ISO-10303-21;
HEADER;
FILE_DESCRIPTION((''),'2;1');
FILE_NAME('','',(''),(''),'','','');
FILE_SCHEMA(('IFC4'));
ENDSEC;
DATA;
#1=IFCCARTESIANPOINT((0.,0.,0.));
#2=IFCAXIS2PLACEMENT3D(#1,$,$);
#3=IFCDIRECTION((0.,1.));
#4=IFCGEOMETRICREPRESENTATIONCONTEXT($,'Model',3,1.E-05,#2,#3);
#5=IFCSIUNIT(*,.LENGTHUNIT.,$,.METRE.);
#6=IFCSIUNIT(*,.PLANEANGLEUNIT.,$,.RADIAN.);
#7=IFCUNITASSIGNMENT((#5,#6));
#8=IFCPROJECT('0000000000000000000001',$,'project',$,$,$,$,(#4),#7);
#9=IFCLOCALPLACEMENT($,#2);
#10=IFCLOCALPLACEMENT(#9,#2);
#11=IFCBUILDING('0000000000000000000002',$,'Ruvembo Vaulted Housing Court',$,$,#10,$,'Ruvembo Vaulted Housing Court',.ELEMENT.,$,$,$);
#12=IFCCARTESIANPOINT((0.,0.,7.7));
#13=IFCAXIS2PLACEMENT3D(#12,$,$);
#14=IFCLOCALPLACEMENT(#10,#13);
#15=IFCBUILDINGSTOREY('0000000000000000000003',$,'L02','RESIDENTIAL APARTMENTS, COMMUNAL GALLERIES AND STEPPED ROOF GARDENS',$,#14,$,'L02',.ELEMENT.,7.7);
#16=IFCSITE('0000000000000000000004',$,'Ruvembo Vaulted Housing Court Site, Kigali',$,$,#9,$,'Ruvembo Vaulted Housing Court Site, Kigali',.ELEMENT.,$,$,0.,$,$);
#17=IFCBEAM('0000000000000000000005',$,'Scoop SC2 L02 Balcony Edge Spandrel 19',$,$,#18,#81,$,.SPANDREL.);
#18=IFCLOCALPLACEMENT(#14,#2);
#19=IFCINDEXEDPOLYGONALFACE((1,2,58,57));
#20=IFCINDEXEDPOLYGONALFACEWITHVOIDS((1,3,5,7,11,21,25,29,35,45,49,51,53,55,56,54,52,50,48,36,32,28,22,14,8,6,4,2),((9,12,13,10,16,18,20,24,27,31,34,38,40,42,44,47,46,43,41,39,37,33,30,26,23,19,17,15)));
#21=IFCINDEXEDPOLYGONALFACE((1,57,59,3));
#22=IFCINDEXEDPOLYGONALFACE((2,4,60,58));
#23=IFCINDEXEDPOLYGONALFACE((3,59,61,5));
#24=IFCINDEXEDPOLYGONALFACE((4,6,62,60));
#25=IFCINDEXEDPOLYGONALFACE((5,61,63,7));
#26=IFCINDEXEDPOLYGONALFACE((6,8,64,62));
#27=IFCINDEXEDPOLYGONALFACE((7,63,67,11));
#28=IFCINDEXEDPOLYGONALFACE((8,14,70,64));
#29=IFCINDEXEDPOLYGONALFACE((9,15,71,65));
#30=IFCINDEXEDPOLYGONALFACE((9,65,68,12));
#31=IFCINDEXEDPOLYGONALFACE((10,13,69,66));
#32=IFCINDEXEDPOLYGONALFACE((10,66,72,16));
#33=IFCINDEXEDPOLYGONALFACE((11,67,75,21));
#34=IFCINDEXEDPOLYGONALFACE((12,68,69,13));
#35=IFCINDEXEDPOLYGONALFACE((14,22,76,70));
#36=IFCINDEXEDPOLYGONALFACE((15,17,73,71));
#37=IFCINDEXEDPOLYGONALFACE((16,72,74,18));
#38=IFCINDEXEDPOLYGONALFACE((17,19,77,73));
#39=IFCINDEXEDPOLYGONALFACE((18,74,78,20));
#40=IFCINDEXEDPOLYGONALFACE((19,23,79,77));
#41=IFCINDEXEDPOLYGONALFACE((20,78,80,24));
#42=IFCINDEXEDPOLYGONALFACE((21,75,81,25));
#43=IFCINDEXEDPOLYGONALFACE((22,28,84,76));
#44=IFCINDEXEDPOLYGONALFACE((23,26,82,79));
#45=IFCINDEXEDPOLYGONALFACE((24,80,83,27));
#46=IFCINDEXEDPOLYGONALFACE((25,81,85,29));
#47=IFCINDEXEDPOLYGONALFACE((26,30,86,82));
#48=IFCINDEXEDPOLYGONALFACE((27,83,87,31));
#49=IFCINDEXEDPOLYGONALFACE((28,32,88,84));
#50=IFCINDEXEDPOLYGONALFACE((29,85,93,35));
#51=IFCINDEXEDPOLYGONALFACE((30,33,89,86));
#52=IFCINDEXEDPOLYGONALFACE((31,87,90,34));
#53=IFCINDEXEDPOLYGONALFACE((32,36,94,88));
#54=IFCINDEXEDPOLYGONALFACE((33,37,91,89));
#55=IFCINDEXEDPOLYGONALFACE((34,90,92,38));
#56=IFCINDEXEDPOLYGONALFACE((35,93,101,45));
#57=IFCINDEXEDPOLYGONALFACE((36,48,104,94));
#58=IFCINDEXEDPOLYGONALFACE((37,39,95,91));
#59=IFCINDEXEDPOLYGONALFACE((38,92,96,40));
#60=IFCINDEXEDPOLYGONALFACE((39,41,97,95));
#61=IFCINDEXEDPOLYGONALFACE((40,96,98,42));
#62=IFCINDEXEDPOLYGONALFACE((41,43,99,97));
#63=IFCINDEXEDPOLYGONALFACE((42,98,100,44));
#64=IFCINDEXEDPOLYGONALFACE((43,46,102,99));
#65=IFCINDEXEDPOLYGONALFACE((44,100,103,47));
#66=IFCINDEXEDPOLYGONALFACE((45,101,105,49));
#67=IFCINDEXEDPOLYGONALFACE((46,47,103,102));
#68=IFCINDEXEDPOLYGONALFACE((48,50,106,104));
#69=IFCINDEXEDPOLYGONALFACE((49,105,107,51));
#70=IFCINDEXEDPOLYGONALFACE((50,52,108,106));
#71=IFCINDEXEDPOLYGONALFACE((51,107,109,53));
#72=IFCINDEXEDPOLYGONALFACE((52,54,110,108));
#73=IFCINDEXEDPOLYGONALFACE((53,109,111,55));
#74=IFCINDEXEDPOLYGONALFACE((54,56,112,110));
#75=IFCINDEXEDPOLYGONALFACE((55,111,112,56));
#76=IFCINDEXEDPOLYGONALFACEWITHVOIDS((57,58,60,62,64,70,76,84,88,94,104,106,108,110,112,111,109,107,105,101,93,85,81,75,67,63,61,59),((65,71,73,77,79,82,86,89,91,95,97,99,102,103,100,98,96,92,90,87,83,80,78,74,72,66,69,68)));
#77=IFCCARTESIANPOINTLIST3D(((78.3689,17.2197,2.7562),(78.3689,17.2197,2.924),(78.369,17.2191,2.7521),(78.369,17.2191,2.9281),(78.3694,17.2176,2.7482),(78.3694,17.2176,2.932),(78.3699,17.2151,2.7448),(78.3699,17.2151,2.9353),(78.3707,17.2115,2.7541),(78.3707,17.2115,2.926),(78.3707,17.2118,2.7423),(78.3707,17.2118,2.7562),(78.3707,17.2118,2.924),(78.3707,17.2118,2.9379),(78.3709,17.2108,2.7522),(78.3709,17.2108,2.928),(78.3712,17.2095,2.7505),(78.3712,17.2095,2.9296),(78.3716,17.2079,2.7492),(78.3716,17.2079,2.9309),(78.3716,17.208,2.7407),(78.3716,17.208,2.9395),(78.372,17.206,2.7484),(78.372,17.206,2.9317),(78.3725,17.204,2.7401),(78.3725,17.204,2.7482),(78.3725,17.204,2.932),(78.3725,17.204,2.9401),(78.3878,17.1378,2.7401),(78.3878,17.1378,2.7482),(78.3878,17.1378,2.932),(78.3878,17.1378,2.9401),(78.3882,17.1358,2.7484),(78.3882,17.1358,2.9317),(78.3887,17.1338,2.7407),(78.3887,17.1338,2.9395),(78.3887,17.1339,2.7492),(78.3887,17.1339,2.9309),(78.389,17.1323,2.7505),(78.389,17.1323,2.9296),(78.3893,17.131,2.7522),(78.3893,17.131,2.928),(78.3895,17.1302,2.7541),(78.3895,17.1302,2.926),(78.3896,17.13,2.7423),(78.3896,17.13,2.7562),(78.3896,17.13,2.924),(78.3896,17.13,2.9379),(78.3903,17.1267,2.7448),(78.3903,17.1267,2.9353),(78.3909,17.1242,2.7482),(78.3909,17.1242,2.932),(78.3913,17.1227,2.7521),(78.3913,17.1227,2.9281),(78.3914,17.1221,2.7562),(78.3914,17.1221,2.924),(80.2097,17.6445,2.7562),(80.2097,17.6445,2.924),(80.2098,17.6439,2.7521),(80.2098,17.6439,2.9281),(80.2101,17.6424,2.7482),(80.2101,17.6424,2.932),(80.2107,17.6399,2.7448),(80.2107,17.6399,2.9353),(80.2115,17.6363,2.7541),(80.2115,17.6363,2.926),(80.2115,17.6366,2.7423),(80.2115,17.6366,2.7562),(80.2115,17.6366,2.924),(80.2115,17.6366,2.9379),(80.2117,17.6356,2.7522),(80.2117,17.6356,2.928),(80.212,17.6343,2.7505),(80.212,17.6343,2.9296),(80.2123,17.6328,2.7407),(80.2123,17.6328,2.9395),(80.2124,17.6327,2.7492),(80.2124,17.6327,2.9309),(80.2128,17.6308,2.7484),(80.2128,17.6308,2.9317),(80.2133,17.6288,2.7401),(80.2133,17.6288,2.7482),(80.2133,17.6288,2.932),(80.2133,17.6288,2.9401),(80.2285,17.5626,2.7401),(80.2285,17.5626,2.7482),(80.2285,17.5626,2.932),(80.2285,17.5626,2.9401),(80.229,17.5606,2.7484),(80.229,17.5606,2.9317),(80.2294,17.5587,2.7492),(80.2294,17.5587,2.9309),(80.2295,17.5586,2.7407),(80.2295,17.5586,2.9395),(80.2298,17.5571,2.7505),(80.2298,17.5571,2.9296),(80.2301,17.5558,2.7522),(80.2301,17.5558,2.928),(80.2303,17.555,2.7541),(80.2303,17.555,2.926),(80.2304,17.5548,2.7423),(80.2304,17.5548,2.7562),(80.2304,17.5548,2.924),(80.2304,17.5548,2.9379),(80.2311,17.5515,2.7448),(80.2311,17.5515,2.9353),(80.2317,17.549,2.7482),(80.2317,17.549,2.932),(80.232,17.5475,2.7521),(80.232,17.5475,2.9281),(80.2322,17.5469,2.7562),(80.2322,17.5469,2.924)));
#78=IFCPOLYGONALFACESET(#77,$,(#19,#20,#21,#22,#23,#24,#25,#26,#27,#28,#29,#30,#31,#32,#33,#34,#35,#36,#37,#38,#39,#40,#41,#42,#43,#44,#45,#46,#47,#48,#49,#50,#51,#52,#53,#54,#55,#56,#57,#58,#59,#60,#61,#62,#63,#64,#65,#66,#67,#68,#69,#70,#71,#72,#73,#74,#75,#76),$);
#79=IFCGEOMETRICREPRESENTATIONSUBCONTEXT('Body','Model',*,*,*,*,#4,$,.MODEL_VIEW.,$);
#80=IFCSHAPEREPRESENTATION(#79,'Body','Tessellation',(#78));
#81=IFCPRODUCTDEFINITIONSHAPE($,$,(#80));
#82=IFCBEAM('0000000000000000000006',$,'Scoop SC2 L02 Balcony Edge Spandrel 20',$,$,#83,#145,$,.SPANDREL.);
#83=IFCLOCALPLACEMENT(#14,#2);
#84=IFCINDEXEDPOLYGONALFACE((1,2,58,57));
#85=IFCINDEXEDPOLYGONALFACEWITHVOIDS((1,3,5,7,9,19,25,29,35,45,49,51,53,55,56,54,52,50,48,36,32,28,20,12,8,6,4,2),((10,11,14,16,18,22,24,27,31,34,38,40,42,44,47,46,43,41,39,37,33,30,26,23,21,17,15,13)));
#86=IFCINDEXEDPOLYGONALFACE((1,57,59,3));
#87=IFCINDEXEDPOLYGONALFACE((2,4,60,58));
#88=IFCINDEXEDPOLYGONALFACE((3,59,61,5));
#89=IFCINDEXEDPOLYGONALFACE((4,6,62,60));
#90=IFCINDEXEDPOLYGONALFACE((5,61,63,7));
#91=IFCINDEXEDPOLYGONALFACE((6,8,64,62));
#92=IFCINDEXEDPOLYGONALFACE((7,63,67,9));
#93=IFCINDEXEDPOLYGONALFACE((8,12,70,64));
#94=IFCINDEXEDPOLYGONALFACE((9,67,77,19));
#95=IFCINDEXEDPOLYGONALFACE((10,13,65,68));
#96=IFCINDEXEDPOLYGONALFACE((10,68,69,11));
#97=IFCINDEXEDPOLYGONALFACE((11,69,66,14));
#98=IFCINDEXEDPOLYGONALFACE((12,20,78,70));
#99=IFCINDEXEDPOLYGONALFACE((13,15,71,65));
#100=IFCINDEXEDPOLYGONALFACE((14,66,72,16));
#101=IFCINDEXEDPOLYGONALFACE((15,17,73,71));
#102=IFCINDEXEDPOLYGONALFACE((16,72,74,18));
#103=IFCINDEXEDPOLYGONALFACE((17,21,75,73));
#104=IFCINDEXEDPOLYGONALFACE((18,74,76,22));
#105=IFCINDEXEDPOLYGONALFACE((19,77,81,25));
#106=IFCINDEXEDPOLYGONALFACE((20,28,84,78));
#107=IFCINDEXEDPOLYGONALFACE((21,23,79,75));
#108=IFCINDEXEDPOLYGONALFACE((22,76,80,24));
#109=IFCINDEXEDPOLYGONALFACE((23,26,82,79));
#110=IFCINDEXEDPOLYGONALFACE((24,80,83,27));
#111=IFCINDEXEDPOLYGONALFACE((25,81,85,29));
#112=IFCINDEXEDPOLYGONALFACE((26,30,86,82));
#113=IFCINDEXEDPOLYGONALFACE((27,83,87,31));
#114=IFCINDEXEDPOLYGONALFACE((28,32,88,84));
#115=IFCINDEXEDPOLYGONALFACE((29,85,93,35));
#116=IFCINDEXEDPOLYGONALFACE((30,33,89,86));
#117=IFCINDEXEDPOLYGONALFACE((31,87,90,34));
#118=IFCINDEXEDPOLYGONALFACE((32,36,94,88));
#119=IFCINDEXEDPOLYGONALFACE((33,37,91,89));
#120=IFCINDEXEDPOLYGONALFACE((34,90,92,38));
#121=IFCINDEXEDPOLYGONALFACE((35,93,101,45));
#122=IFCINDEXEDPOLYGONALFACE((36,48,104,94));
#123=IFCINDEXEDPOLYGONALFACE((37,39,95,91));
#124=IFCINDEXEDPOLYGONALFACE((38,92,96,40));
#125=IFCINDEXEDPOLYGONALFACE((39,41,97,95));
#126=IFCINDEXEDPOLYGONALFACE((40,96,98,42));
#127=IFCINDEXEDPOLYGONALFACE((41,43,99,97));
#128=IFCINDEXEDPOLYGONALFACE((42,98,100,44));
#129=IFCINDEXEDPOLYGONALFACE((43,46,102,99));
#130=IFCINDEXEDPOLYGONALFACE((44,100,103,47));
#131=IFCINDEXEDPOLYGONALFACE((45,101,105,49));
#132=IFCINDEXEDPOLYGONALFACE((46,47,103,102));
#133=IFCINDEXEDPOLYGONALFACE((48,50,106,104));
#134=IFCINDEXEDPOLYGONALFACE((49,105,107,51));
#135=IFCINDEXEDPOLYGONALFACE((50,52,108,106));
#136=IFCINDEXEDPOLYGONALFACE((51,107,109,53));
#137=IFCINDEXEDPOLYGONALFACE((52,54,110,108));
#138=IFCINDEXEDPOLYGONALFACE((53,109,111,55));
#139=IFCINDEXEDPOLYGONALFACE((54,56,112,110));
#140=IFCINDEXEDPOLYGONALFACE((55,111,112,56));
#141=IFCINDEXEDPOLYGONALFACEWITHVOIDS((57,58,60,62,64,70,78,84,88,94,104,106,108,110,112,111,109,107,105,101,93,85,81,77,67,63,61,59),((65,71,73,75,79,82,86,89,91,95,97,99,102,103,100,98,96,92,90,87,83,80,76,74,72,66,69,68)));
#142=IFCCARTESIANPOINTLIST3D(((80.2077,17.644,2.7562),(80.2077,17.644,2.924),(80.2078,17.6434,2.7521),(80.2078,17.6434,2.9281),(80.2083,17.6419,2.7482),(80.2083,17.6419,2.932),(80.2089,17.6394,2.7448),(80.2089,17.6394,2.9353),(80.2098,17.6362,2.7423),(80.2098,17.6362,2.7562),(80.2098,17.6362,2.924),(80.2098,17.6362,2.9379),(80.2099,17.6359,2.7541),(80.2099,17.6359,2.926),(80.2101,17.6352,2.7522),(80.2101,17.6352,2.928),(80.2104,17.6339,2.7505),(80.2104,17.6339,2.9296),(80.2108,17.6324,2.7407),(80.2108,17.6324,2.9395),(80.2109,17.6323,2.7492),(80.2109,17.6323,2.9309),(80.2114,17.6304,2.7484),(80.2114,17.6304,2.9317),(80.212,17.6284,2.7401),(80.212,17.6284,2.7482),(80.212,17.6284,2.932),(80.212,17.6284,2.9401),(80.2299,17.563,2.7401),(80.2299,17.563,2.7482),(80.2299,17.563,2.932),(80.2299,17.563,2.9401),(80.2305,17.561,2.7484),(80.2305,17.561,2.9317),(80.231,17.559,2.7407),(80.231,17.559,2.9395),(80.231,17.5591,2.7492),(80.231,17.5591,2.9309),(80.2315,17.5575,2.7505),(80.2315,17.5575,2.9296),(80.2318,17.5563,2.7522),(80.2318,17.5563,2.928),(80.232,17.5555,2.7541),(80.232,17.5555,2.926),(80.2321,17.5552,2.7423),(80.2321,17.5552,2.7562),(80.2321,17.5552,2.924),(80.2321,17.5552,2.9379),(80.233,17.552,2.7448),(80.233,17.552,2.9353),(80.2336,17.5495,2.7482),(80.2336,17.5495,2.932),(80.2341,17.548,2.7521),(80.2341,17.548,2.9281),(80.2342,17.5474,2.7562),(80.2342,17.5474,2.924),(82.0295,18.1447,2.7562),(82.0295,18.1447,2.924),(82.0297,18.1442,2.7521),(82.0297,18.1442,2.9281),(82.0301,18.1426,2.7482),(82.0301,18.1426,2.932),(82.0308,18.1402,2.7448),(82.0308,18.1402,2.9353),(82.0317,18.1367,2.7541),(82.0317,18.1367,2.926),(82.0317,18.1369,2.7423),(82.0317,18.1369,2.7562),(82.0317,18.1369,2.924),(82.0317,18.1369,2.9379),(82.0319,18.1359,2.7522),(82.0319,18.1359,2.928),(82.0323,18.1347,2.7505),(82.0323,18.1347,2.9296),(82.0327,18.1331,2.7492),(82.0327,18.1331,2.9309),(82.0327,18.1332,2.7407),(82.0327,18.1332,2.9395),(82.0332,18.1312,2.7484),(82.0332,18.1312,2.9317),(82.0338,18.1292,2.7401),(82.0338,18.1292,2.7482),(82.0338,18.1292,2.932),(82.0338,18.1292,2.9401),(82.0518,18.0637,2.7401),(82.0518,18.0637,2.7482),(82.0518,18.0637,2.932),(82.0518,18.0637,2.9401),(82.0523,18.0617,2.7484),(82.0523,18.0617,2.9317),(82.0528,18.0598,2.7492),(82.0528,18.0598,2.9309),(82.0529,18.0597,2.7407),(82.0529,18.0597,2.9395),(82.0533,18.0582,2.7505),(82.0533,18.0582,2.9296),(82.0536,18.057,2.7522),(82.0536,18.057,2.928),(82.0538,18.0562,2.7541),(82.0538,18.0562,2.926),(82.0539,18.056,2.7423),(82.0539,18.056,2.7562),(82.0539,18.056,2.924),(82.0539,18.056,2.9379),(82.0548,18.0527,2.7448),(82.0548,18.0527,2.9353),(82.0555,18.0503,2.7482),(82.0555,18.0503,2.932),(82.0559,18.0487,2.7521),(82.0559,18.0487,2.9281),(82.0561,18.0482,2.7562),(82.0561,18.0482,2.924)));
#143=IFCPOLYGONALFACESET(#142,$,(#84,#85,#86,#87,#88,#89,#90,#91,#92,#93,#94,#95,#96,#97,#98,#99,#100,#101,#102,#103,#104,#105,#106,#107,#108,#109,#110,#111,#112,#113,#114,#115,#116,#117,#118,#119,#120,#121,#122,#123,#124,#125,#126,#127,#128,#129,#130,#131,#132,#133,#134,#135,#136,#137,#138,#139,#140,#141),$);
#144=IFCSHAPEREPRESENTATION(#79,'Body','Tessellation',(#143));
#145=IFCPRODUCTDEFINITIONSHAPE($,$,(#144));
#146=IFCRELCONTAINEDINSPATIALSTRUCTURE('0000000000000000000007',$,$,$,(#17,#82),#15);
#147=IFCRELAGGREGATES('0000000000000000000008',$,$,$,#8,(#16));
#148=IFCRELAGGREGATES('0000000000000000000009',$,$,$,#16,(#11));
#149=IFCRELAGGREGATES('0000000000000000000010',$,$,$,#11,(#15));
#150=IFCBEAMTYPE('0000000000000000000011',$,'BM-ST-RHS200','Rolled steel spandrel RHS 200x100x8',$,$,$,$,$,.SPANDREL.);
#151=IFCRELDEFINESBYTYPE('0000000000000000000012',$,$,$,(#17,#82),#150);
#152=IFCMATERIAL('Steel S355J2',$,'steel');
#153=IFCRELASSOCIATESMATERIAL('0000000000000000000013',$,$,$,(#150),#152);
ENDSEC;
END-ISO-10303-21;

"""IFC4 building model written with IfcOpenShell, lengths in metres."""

from ifc_helpers import new_model, si_unit, direction, frame, origin, origin_2d, place, context, subcontext, project, spatial, hollow_rectangle, extrude, material, material_profile, profile_set, type_object, element, save


model = new_model("IFC4")

# Units and contexts
model_context = context("Model", 3, precision=1e-05, world=origin(), true_north=direction((0.0, 1.0)))
body_context = subcontext(model_context, "Body", "Model", "MODEL_VIEW")
ifc_project = project(units=[si_unit("LENGTHUNIT", "METRE"), si_unit("PLANEANGLEUNIT", "RADIAN")], contexts=[model_context])

# Site, building, storey
site_placement = place(None, origin())
site = spatial("IfcSite", under=ifc_project, at=site_placement, Name="Ruvembo Vaulted Housing Court Site, Kigali", LongName="Ruvembo Vaulted Housing Court Site, Kigali", CompositionType="ELEMENT", RefElevation=0.0)
building_placement = place(site_placement, origin())
building = spatial("IfcBuilding", under=site, at=building_placement, Name="Ruvembo Vaulted Housing Court", LongName="Ruvembo Vaulted Housing Court", CompositionType="ELEMENT")
storey_placement = place(building_placement, frame((0.0, 0.0, 7.7)))
storey = spatial("IfcBuildingStorey", under=building, at=storey_placement, Name="L02", Description="RESIDENTIAL APARTMENTS, COMMUNAL GALLERIES AND STEPPED ROOF GARDENS", LongName="L02", CompositionType="ELEMENT", Elevation=7.7)

# Beams
ifc_material_1 = material(Name="Steel S355J2", Category="steel")
ifc_material_profile_1 = material_profile(ifc_material_1, hollow_rectangle(XDim=0.1001, YDim=0.2, WallThickness=0.0081, InnerFilletRadius=0.0081, OuterFilletRadius=0.0161, at=origin_2d()), Name="RHS 200x100x8")
ifc_profile_set_1 = profile_set([ifc_material_profile_1], Name="Steel S355J2")
beam_type = type_object("IfcBeamType", Name="BM-ST-RHS200", Description="Rolled steel spandrel RHS 200x100x8", PredefinedType="SPANDREL", material=ifc_profile_set_1)
beam_1_placement = place(storey_placement, frame((78.3801, 17.1709, 2.8401), z_axis=(0.974391, 0.22486, 0.0), x_axis=(-0.22486, 0.974391, 0.0)))
element("IfcBeam", 1, at=beam_1_placement, inside=storey, type_object=beam_type, Name="Scoop SC2 L02 Balcony Edge Spandrel 19", PredefinedType="SPANDREL", context=body_context, shape_type="SweptSolid", body=[
    extrude(hollow_rectangle(XDim=0.1001, YDim=0.2, WallThickness=0.0081, InnerFilletRadius=0.0081, OuterFilletRadius=0.0161, at=origin_2d()), origin(), (0.0, 0.0, 1.0), 1.8892),
])
beam_2_placement = place(storey_placement, frame((80.2209, 17.5957, 2.8401), z_axis=(0.96424, 0.26503, 0.0), x_axis=(-0.26503, 0.96424, 0.0)))
element("IfcBeam", 2, at=beam_2_placement, inside=storey, type_object=beam_type, Name="Scoop SC2 L02 Balcony Edge Spandrel 20", PredefinedType="SPANDREL", context=body_context, shape_type="SweptSolid", body=[
    extrude(hollow_rectangle(XDim=0.1001, YDim=0.2, WallThickness=0.0081, InnerFilletRadius=0.0081, OuterFilletRadius=0.0161, at=origin_2d()), origin(), (0.0, 0.0, 1.0), 1.8894),
])

save(model, "model.ifc")
